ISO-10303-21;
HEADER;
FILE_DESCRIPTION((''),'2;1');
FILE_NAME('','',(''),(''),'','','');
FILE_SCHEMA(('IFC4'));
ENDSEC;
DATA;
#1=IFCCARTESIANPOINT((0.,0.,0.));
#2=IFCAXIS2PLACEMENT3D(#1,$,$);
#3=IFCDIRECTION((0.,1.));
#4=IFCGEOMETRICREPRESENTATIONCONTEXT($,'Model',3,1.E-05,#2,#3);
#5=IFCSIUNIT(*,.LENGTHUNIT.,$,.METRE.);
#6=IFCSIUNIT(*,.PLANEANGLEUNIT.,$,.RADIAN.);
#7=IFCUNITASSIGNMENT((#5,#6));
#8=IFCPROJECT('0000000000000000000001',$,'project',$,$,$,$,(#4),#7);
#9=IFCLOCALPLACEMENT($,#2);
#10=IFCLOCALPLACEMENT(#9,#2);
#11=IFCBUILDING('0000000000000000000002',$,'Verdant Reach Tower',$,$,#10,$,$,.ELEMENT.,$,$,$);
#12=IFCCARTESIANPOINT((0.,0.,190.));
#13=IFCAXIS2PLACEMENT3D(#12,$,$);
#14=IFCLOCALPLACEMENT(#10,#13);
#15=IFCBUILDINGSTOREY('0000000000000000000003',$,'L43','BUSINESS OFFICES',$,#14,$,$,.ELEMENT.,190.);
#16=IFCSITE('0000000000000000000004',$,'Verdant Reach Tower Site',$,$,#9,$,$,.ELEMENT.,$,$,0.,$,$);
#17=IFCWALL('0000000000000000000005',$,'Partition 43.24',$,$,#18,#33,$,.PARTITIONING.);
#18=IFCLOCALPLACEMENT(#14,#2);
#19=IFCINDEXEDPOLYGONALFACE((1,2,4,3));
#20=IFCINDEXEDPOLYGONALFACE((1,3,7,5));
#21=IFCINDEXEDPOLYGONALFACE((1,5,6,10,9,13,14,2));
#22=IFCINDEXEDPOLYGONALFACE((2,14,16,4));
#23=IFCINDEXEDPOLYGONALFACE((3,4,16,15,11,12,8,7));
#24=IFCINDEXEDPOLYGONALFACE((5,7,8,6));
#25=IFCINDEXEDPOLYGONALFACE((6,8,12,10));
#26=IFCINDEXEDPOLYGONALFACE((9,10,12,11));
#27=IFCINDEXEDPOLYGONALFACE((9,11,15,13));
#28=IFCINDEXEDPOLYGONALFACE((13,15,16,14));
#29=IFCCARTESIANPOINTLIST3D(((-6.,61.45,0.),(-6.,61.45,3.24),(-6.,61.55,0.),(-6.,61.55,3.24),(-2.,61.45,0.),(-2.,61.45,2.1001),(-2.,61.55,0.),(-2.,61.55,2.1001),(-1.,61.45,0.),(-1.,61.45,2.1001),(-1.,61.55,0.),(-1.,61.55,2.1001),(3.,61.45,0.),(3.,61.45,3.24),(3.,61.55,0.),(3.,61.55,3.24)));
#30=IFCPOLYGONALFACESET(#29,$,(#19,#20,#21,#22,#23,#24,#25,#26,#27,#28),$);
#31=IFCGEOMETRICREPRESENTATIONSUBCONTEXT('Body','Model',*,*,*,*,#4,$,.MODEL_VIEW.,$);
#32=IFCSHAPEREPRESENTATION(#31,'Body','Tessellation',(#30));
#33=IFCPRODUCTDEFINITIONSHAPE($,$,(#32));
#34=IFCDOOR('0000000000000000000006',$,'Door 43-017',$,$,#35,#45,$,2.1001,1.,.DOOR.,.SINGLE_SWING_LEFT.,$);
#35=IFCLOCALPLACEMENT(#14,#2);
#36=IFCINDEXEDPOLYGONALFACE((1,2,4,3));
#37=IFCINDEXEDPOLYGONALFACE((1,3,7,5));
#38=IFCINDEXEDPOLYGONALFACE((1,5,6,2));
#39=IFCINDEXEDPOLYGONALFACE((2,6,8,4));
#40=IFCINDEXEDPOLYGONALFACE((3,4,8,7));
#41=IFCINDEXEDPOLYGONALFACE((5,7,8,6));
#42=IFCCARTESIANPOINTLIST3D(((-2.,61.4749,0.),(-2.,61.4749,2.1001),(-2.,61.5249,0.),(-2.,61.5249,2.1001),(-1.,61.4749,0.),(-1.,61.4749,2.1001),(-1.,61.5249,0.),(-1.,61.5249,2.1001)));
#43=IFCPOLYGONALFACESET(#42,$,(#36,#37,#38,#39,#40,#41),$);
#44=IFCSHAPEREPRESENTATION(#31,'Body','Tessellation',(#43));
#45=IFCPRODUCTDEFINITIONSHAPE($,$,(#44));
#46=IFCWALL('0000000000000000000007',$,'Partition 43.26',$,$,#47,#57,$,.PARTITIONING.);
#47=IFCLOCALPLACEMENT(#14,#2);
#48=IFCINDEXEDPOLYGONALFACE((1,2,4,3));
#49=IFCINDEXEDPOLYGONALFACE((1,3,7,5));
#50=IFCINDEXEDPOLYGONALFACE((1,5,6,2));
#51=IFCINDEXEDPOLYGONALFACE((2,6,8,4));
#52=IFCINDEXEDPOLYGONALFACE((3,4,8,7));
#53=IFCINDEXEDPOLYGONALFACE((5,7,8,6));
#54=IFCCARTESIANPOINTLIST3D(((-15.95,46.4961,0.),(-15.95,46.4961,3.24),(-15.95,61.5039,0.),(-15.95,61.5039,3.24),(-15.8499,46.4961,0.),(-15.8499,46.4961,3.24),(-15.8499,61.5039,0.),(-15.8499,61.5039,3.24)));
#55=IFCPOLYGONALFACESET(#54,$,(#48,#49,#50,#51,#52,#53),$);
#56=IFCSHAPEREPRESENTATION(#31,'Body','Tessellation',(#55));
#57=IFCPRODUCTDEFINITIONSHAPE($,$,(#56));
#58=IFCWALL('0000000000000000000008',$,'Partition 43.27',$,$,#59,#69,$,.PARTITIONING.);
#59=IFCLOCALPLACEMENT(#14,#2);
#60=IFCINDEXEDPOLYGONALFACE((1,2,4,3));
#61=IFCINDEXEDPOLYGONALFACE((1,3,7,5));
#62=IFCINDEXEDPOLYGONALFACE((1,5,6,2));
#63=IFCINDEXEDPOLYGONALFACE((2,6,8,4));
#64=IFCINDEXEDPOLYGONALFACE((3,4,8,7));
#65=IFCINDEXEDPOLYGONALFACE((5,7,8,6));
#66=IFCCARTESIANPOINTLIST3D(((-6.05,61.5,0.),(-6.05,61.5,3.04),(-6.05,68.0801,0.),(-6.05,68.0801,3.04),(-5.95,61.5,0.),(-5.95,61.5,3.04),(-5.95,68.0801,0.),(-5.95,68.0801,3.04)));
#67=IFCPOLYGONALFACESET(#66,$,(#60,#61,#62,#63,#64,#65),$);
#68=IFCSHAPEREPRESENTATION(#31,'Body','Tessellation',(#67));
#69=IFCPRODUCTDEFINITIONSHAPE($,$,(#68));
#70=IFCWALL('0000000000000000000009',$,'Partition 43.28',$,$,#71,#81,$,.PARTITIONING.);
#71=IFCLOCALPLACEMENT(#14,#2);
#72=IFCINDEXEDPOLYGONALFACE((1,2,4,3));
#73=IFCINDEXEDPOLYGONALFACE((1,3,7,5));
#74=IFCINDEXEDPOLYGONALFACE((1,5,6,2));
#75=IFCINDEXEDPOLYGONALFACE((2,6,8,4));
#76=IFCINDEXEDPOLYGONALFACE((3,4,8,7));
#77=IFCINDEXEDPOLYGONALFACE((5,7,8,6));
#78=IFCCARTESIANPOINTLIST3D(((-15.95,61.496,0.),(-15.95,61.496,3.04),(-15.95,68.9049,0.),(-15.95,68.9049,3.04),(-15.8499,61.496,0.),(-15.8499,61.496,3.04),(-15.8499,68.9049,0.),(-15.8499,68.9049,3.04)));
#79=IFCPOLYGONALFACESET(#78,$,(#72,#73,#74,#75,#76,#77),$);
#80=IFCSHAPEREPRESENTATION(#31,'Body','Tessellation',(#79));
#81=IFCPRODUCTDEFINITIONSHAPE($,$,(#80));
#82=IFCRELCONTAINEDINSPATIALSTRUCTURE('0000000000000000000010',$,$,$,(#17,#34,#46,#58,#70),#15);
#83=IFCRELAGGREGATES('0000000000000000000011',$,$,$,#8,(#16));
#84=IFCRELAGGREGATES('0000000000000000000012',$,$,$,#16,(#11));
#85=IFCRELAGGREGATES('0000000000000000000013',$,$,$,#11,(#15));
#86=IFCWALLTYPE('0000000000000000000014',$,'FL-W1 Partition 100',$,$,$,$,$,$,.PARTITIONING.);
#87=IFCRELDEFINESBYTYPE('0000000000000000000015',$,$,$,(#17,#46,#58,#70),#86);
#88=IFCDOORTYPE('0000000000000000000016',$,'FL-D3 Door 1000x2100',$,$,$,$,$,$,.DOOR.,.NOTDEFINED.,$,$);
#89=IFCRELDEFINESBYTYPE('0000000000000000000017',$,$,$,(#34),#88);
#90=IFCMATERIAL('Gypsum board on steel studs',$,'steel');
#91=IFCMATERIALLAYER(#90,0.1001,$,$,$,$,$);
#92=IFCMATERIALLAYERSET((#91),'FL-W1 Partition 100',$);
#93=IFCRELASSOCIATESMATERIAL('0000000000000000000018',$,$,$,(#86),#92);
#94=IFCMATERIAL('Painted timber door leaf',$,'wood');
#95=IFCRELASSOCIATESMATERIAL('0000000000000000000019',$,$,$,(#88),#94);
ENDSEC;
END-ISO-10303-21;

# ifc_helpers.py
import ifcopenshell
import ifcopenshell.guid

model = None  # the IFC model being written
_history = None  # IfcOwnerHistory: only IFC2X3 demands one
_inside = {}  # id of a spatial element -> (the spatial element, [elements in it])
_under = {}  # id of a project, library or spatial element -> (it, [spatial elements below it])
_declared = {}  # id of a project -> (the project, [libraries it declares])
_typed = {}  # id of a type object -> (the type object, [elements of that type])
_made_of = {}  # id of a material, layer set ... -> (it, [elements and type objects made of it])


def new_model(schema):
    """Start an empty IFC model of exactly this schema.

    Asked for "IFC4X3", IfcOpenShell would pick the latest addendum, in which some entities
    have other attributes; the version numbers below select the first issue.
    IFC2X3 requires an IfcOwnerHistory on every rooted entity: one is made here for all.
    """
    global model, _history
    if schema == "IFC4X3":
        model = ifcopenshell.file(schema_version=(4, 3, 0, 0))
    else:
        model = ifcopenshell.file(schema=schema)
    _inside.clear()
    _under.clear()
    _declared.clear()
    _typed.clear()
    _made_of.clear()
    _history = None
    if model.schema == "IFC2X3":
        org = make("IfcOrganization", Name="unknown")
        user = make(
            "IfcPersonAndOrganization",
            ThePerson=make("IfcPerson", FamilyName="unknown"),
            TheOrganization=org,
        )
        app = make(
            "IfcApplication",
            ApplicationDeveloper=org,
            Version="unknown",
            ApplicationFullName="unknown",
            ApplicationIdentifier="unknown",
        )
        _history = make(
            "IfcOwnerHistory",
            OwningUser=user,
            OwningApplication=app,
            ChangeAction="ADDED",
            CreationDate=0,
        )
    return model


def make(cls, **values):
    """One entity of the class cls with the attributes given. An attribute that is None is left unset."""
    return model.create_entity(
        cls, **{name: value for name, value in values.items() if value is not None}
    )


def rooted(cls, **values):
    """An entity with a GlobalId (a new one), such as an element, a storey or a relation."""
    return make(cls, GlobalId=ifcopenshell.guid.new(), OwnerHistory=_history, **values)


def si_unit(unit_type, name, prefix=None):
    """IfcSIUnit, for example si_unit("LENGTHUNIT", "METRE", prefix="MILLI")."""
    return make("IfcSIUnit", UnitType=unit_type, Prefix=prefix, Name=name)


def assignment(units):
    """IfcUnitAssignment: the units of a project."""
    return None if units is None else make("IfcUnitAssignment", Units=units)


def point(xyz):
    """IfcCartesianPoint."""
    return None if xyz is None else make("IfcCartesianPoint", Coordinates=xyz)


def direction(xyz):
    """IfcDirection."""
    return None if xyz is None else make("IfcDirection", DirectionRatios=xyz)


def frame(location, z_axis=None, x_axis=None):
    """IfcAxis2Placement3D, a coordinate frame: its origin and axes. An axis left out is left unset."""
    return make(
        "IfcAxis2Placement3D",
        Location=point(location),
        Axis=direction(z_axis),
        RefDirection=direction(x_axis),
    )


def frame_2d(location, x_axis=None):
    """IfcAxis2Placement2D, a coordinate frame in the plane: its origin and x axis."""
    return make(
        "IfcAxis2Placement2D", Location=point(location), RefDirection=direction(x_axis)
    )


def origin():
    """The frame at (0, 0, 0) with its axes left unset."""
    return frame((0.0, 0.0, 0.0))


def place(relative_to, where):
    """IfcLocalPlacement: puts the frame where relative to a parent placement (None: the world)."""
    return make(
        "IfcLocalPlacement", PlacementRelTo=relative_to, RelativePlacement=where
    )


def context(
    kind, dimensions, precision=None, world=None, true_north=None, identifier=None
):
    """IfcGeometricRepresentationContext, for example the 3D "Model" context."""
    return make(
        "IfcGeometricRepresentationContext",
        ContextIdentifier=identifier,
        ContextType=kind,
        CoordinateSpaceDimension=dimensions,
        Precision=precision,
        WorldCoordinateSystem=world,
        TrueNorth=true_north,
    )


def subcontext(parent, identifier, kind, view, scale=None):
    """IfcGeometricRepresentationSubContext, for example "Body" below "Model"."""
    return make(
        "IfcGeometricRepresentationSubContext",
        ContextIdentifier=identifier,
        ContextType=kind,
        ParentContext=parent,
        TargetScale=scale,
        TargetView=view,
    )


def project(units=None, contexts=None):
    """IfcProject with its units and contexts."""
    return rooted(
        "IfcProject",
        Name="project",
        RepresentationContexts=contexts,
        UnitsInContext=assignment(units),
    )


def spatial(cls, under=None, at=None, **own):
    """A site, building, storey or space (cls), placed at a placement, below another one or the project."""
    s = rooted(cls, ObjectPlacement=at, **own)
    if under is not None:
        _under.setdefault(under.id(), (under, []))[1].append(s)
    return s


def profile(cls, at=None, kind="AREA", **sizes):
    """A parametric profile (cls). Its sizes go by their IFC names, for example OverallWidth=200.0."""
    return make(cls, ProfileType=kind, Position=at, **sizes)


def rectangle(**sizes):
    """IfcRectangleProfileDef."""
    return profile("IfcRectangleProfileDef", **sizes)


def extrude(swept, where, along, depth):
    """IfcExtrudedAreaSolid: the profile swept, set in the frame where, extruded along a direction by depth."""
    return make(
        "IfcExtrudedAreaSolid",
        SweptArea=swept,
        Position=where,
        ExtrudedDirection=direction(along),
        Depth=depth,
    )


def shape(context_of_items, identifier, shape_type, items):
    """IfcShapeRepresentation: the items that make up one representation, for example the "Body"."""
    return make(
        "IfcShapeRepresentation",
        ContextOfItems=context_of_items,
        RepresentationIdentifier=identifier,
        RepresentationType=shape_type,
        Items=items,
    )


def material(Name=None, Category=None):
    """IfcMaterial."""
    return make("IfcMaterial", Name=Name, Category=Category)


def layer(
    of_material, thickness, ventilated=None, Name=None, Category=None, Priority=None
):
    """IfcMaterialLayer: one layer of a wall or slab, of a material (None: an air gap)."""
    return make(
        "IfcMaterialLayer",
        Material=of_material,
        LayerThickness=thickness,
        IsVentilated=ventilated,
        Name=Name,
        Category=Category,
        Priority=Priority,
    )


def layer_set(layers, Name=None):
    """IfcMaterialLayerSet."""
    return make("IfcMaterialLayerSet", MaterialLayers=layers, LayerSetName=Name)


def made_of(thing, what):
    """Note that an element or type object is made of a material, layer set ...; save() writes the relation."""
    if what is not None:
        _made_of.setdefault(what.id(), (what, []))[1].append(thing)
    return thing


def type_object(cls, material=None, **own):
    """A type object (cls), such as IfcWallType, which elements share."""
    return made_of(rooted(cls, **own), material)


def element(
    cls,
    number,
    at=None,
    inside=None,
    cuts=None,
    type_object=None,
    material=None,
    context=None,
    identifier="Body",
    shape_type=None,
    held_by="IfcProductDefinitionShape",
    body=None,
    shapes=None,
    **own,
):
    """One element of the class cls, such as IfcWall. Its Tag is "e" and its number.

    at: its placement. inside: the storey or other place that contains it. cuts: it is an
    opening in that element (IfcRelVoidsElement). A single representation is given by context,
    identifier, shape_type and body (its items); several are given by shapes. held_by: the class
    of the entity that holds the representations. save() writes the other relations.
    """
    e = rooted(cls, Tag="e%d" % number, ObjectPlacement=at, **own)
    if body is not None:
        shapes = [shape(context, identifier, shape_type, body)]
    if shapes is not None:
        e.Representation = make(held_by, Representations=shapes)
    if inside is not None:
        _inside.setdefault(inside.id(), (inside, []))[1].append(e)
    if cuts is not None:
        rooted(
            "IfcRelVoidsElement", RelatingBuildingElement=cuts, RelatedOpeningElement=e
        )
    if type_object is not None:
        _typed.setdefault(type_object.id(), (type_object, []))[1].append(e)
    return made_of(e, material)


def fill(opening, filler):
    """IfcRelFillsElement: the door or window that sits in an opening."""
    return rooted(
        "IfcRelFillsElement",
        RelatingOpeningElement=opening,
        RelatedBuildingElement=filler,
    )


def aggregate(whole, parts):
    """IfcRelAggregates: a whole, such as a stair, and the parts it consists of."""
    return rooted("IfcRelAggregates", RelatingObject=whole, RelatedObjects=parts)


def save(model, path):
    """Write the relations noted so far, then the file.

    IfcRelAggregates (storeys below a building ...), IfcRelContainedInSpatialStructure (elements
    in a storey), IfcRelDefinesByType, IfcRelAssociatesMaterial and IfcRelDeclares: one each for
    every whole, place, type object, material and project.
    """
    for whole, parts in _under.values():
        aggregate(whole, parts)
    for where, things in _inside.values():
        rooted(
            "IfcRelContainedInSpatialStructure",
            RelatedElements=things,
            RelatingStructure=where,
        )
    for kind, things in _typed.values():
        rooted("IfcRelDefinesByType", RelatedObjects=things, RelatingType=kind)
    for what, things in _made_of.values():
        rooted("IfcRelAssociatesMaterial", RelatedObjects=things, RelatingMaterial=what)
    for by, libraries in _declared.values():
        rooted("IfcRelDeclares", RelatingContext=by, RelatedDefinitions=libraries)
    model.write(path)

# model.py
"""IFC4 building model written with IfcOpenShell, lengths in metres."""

from ifc_helpers import new_model, si_unit, direction, frame, frame_2d, origin, place, context, subcontext, project, spatial, rectangle, extrude, material, layer, layer_set, type_object, element, fill, save


model = new_model("IFC4")

# Units and contexts
model_context = context("Model", 3, precision=1e-05, world=origin(), true_north=direction((0.0, 1.0)))
body_context = subcontext(model_context, "Body", "Model", "MODEL_VIEW")
ifc_project = project(units=[si_unit("LENGTHUNIT", "METRE"), si_unit("PLANEANGLEUNIT", "RADIAN")], contexts=[model_context])

# Site, building, storey
site_placement = place(None, origin())
site = spatial("IfcSite", under=ifc_project, at=site_placement, Name="Verdant Reach Tower Site", CompositionType="ELEMENT", RefElevation=0.0)
building_placement = place(site_placement, origin())
building = spatial("IfcBuilding", under=site, at=building_placement, Name="Verdant Reach Tower", CompositionType="ELEMENT")
storey_placement = place(building_placement, frame((0.0, 0.0, 190.0)))
storey = spatial("IfcBuildingStorey", under=building, at=storey_placement, Name="L43", Description="BUSINESS OFFICES", CompositionType="ELEMENT", Elevation=190.0)

# Wall, opening, door
ifc_material_1 = material(Name="Gypsum board on steel studs", Category="steel")
ifc_layer_1 = layer(ifc_material_1, 0.1001)
ifc_layer_set_1 = layer_set([ifc_layer_1], Name="FL-W1 Partition 100")
wall_type = type_object("IfcWallType", Name="FL-W1 Partition 100", PredefinedType="PARTITIONING", material=ifc_layer_set_1)
ifc_material_2 = material(Name="Painted timber door leaf", Category="wood")
door_type = type_object("IfcDoorType", Name="FL-D3 Door 1000x2100", OperationType="NOTDEFINED", PredefinedType="DOOR", material=ifc_material_2)
wall_1_placement = place(storey_placement, frame((-6.0, 61.5, 0.0), z_axis=(0.0, 0.0, 1.0), x_axis=(1.0, 0.0, 0.0)))
wall_1 = element("IfcWall", 1, at=wall_1_placement, inside=storey, type_object=wall_type, Name="Partition 43.24", PredefinedType="PARTITIONING", context=body_context, shape_type="SweptSolid", body=[
    extrude(rectangle(XDim=9.0, YDim=0.1001, at=frame_2d((4.5, 0.0))), origin(), (0.0, 0.0, 1.0), 3.24),
])
opening_1_placement = place(wall_1_placement, frame((4.0, 0.0, 0.0)))
opening_1 = element("IfcOpeningElement", 2, at=opening_1_placement, cuts=wall_1, PredefinedType="OPENING", context=body_context, shape_type="SweptSolid", body=[
    extrude(rectangle(XDim=1.0, YDim=2.1001, at=frame_2d((0.5, 1.05))), frame((0.0, 0.0601, 0.0), z_axis=(0.0, -1.0, 0.0), x_axis=(1.0, 0.0, 0.0)), (0.0, 0.0, 1.0), 0.1201),
])
door_1_placement = place(opening_1_placement, origin())
door_1 = element("IfcDoor", 3, at=door_1_placement, inside=storey, type_object=door_type, Name="Door 43-017", OperationType="SINGLE_SWING_LEFT", OverallHeight=2.1001, OverallWidth=1.0, PredefinedType="DOOR", context=body_context, shape_type="SweptSolid", body=[
    extrude(rectangle(XDim=1.0, YDim=2.1001, at=frame_2d((0.5, 1.05))), frame((0.0, 0.0249, 0.0), z_axis=(0.0, -1.0, 0.0), x_axis=(1.0, 0.0, 0.0)), (0.0, 0.0, 1.0), 0.05),
])
fill(opening_1, door_1)

# Walls
wall_2_placement = place(storey_placement, frame((-15.8999, 61.5039, 0.0), z_axis=(0.0, 0.0, 1.0), x_axis=(0.0, -1.0, 0.0)))
element("IfcWall", 4, at=wall_2_placement, inside=storey, type_object=wall_type, Name="Partition 43.26", PredefinedType="PARTITIONING", context=body_context, shape_type="SweptSolid", body=[
    extrude(rectangle(XDim=15.0078, YDim=0.1001, at=frame_2d((7.5039, 0.0))), origin(), (0.0, 0.0, 1.0), 3.24),
])
wall_3_placement = place(storey_placement, frame((-6.0, 61.5, 0.0), z_axis=(0.0, 0.0, 1.0), x_axis=(0.0, 1.0, 0.0)))
element("IfcWall", 5, at=wall_3_placement, inside=storey, type_object=wall_type, Name="Partition 43.27", PredefinedType="PARTITIONING", context=body_context, shape_type="SweptSolid", body=[
    extrude(rectangle(XDim=6.5801, YDim=0.1001, at=frame_2d((3.29, 0.0))), origin(), (0.0, 0.0, 1.0), 3.04),
])
wall_4_placement = place(storey_placement, frame((-15.8999, 68.905, 0.0), z_axis=(0.0, 0.0, 1.0), x_axis=(0.0, -1.0, 0.0)))
element("IfcWall", 6, at=wall_4_placement, inside=storey, type_object=wall_type, Name="Partition 43.28", PredefinedType="PARTITIONING", context=body_context, shape_type="SweptSolid", body=[
    extrude(rectangle(XDim=7.4089, YDim=0.1001, at=frame_2d((3.7046, 0.0))), origin(), (0.0, 0.0, 1.0), 3.04),
])

save(model, "model.ifc")
